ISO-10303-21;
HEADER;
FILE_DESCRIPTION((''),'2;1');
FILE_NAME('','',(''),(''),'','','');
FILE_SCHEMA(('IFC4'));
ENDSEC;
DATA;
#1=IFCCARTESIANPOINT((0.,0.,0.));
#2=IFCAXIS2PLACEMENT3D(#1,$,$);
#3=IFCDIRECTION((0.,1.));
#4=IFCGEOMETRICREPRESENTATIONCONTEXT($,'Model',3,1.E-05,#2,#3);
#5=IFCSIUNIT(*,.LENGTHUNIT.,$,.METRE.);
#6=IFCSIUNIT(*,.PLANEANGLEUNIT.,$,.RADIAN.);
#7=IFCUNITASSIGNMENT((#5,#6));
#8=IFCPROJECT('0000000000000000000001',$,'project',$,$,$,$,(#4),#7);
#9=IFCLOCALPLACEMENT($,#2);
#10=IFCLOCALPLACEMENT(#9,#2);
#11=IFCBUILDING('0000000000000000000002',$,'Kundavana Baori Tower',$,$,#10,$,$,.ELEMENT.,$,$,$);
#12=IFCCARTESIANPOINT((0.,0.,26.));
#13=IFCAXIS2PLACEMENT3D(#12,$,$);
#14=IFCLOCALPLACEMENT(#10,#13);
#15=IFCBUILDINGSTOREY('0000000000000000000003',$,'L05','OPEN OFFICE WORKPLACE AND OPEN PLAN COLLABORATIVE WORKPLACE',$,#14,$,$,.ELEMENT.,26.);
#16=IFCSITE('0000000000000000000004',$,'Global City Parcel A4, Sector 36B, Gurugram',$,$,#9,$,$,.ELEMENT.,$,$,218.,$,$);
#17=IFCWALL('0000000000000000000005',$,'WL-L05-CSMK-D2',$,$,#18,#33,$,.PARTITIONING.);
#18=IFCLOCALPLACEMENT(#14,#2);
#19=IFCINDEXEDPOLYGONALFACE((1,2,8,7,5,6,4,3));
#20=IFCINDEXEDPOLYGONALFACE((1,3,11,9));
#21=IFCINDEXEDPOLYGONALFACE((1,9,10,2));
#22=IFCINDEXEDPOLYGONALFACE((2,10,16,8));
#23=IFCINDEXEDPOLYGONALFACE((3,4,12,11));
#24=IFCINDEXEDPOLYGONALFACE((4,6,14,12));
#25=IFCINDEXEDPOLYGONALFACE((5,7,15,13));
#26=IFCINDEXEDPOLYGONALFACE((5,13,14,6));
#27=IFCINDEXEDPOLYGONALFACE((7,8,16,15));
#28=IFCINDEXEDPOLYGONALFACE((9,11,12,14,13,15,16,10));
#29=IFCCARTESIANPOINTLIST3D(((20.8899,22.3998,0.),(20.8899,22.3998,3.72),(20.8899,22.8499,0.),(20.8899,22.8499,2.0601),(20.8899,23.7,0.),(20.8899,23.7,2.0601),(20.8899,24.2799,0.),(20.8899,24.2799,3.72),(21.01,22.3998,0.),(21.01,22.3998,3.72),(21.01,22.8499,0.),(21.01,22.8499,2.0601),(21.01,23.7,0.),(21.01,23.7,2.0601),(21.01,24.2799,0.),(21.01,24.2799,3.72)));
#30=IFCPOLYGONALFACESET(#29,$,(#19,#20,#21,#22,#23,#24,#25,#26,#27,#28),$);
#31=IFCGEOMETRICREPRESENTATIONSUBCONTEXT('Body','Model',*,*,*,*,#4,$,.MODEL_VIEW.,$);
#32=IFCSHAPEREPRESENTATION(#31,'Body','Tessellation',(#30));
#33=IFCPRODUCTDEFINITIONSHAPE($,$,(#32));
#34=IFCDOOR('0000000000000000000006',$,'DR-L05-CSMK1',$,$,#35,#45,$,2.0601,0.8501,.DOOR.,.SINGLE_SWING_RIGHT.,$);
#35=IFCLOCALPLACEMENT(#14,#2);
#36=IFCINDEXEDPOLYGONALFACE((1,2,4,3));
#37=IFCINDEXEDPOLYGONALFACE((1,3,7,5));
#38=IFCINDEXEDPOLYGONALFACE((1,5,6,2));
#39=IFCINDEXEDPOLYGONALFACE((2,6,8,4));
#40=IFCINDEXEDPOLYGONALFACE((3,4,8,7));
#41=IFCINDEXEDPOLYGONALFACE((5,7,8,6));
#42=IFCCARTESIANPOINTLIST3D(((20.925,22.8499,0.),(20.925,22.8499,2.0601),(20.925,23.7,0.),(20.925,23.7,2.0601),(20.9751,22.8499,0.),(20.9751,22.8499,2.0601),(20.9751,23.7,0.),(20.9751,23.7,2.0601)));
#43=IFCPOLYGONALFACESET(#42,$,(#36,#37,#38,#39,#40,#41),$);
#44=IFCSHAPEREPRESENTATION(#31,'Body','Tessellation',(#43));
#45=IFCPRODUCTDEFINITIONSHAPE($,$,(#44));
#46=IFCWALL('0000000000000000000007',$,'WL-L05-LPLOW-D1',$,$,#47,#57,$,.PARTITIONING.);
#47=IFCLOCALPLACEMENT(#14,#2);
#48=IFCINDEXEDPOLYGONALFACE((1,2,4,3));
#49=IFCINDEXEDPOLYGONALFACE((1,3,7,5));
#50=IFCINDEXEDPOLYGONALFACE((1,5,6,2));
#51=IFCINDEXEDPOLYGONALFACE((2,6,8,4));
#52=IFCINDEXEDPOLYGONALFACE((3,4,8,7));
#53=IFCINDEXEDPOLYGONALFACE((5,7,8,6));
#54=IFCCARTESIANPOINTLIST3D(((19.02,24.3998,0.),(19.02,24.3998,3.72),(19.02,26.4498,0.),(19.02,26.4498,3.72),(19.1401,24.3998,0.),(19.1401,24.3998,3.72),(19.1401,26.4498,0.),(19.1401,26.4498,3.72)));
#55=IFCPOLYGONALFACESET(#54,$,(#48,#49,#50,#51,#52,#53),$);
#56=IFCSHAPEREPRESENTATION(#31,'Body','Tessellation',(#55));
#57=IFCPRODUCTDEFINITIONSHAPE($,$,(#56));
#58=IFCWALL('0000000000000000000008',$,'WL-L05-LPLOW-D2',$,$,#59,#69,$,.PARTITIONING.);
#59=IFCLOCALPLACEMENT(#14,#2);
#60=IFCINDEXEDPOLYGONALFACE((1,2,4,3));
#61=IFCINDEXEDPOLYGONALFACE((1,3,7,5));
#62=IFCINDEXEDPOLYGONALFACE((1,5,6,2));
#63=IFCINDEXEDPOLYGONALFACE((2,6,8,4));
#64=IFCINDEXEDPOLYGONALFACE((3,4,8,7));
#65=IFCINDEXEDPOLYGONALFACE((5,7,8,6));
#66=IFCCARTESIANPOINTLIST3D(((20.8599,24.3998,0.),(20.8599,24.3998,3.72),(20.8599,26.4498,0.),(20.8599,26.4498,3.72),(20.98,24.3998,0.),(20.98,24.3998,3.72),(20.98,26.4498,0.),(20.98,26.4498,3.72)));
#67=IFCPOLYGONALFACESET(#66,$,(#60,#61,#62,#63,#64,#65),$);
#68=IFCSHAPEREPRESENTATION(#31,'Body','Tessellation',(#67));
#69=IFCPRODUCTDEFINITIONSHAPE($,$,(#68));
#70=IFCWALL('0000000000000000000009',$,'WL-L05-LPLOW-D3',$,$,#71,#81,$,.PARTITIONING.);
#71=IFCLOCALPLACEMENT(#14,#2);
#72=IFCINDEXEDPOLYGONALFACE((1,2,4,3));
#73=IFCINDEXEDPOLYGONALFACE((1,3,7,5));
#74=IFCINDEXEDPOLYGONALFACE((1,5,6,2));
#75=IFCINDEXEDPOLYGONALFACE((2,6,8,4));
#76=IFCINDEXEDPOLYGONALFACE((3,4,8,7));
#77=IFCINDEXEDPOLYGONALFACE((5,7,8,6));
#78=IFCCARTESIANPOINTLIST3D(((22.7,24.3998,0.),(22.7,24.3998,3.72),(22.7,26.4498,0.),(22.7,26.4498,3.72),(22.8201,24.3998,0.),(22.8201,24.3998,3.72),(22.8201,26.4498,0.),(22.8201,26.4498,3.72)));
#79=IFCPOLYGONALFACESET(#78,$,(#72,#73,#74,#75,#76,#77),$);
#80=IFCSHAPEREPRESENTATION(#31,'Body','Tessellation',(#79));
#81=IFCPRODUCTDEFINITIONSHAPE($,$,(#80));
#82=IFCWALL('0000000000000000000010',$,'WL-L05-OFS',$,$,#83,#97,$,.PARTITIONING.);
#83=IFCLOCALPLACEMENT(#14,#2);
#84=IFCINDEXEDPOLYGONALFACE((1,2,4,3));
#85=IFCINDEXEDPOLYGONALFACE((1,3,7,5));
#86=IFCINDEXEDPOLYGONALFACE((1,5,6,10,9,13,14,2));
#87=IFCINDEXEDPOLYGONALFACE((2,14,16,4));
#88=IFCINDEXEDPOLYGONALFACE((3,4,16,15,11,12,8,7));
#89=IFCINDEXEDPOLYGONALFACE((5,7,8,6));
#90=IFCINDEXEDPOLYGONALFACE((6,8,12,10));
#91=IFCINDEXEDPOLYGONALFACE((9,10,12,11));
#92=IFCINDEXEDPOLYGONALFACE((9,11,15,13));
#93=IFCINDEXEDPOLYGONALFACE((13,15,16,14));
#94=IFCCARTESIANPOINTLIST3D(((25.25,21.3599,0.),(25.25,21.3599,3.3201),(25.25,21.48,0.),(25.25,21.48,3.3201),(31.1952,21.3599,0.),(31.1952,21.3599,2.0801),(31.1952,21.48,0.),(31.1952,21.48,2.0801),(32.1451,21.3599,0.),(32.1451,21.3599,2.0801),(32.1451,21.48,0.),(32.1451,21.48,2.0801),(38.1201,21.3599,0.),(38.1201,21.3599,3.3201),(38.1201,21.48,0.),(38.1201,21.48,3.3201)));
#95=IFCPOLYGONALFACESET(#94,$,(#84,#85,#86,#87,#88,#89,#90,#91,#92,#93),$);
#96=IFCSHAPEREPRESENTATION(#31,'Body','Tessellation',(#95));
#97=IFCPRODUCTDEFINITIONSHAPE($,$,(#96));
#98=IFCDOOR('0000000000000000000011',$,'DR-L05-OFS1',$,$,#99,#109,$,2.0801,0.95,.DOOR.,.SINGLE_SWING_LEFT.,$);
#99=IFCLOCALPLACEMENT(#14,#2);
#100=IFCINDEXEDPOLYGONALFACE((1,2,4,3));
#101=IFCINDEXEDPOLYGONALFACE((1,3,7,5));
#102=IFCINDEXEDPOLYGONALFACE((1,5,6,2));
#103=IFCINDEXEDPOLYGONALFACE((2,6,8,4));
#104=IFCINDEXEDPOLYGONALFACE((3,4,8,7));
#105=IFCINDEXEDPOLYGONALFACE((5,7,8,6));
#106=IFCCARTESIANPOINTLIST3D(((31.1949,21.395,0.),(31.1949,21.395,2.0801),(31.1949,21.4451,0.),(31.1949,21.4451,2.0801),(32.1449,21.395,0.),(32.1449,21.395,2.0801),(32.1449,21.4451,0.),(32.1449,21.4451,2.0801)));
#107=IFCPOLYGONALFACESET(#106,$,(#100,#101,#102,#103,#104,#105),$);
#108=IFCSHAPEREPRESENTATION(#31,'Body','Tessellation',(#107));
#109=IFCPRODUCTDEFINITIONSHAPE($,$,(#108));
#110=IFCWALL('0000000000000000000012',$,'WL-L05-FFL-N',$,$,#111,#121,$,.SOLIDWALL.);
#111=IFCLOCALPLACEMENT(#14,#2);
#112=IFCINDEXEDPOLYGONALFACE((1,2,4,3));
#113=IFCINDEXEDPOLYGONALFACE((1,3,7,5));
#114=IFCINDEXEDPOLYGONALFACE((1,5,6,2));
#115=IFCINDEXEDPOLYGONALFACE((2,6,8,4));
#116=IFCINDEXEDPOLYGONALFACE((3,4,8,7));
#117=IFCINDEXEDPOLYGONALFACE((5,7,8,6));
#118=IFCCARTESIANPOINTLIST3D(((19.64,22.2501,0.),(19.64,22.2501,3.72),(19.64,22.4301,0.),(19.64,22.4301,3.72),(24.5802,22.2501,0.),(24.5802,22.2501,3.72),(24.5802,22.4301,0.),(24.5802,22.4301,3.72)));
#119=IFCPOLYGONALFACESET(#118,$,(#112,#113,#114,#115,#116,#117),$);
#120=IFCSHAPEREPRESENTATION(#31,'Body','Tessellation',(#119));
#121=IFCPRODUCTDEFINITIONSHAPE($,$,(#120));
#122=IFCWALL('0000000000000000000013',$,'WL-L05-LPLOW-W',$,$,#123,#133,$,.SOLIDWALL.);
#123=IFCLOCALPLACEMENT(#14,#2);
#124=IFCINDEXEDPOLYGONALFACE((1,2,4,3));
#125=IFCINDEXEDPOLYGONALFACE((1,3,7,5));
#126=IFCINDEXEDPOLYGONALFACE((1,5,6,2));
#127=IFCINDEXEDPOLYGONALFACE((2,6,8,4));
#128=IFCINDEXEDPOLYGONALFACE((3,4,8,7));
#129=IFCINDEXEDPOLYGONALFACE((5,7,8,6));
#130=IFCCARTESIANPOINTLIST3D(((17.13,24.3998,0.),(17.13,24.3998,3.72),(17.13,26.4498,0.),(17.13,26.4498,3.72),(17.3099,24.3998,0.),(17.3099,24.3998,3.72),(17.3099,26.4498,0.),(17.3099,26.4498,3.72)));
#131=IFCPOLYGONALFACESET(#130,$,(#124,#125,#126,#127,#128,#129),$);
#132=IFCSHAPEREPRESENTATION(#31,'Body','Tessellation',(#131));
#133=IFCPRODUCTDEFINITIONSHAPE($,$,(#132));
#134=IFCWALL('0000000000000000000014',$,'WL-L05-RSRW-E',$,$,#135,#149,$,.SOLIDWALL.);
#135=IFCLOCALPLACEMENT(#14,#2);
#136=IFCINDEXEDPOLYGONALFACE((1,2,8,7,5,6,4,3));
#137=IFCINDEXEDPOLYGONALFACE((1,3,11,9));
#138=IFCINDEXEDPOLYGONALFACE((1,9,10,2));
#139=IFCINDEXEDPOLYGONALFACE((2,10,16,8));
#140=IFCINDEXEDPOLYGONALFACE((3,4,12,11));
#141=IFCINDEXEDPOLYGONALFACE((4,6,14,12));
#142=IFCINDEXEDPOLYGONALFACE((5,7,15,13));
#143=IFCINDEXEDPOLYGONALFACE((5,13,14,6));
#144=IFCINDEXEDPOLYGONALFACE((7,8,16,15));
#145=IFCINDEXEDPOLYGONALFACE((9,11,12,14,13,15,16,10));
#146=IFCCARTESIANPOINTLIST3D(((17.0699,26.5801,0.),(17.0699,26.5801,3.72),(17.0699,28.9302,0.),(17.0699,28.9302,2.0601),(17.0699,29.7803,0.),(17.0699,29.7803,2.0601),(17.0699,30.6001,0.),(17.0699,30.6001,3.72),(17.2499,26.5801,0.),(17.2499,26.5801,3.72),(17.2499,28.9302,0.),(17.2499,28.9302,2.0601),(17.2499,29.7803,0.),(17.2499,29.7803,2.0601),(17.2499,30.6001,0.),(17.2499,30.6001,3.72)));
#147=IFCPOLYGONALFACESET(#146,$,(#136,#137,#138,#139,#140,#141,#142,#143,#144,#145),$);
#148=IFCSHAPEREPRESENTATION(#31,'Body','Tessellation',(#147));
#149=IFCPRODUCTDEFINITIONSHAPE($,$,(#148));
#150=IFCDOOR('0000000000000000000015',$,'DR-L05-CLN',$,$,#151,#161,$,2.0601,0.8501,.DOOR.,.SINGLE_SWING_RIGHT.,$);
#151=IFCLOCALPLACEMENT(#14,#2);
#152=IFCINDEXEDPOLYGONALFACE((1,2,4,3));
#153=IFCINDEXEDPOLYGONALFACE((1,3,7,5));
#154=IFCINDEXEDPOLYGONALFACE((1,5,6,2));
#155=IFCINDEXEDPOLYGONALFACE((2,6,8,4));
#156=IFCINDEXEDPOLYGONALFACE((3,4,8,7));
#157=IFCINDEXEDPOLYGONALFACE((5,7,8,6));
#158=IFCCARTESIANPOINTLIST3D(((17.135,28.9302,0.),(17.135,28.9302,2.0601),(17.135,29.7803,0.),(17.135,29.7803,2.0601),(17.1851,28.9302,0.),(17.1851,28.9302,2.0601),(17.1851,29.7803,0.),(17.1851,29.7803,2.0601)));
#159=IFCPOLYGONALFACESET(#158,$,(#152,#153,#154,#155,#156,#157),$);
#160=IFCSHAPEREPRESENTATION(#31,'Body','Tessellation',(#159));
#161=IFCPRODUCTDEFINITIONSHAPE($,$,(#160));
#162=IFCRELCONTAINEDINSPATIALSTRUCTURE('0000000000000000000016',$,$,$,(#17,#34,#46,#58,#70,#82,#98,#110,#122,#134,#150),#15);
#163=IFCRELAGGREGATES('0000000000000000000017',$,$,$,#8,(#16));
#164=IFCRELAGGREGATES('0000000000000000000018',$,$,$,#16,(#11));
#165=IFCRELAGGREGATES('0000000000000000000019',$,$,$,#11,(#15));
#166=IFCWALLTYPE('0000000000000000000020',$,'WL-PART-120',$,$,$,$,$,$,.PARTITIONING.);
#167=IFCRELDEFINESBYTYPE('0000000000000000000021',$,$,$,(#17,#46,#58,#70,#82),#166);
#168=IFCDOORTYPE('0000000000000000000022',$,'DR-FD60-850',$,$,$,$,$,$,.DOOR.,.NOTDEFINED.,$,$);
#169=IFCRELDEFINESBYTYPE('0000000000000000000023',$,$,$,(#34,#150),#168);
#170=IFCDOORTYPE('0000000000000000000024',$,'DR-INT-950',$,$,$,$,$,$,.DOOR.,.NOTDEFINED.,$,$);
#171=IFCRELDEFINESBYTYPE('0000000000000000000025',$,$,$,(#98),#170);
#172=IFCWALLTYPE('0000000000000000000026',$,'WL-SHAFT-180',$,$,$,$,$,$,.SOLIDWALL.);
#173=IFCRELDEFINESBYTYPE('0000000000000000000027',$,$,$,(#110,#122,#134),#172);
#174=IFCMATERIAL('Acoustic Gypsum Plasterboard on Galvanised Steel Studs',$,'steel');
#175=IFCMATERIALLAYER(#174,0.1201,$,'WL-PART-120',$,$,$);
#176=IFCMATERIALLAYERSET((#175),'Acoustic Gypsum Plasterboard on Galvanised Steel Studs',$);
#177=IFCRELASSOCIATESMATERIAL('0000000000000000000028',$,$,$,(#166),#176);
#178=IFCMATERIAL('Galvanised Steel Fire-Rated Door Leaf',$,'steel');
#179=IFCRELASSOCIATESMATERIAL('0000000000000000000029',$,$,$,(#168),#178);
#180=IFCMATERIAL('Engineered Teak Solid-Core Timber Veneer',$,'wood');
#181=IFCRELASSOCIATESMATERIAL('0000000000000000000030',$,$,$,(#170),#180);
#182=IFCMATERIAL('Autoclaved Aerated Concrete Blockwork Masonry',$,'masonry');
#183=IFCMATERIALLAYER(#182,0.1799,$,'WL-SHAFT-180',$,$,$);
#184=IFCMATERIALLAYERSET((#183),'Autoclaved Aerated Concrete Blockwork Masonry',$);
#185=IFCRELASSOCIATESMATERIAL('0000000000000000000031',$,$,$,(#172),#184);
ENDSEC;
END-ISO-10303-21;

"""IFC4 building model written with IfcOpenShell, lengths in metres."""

from ifc_helpers import new_model, si_unit, direction, frame, frame_2d, origin, place, context, subcontext, project, spatial, rectangle, extrude, material, layer, layer_set, type_object, element, fill, save


model = new_model("IFC4")

# Units and contexts
model_context = context("Model", 3, precision=1e-05, world=origin(), true_north=direction((0.0, 1.0)))
body_context = subcontext(model_context, "Body", "Model", "MODEL_VIEW")
ifc_project = project(units=[si_unit("LENGTHUNIT", "METRE"), si_unit("PLANEANGLEUNIT", "RADIAN")], contexts=[model_context])

# Site, building, storey
site_placement = place(None, origin())
site = spatial("IfcSite", under=ifc_project, at=site_placement, Name="Global City Parcel A4, Sector 36B, Gurugram", CompositionType="ELEMENT", RefElevation=218.0)
building_placement = place(site_placement, origin())
building = spatial("IfcBuilding", under=site, at=building_placement, Name="Kundavana Baori Tower", CompositionType="ELEMENT")
storey_placement = place(building_placement, frame((0.0, 0.0, 26.0)))
storey = spatial("IfcBuildingStorey", under=building, at=storey_placement, Name="L05", Description="OPEN OFFICE WORKPLACE AND OPEN PLAN COLLABORATIVE WORKPLACE", CompositionType="ELEMENT", Elevation=26.0)

# Wall, opening, door
ifc_material_1 = material(Name="Acoustic Gypsum Plasterboard on Galvanised Steel Studs", Category="steel")
ifc_layer_1 = layer(ifc_material_1, 0.1201, Name="WL-PART-120")
ifc_layer_set_1 = layer_set([ifc_layer_1], Name="Acoustic Gypsum Plasterboard on Galvanised Steel Studs")
wall_type_1 = type_object("IfcWallType", Name="WL-PART-120", PredefinedType="PARTITIONING", material=ifc_layer_set_1)
wall_1_placement = place(storey_placement, frame((20.95, 22.3999, 0.0), z_axis=(0.0, 0.0, 1.0), x_axis=(0.0, 1.0, 0.0)))
wall_1 = element("IfcWall", 1, at=wall_1_placement, inside=storey, type_object=wall_type_1, Name="WL-L05-CSMK-D2", PredefinedType="PARTITIONING", context=body_context, shape_type="SweptSolid", body=[
    extrude(rectangle(XDim=1.8801, YDim=0.1201, at=frame_2d((0.9399, 0.0))), origin(), (0.0, 0.0, 1.0), 3.72),
])
opening_1_placement = place(wall_1_placement, frame((0.45, 0.0, 0.0)))
opening_1 = element("IfcOpeningElement", 2, at=opening_1_placement, cuts=wall_1, PredefinedType="OPENING", context=body_context, shape_type="SweptSolid", body=[
    extrude(rectangle(XDim=0.8501, YDim=2.0601, at=frame_2d((0.425, 1.03))), frame((0.0, 0.0701, 0.0), z_axis=(0.0, -1.0, 0.0), x_axis=(1.0, 0.0, 0.0)), (0.0, 0.0, 1.0), 0.1401),
])
ifc_material_2 = material(Name="Galvanised Steel Fire-Rated Door Leaf", Category="steel")
door_type_1 = type_object("IfcDoorType", Name="DR-FD60-850", OperationType="NOTDEFINED", PredefinedType="DOOR", material=ifc_material_2)
door_1_placement = place(opening_1_placement, origin())
door_1 = element("IfcDoor", 3, at=door_1_placement, inside=storey, type_object=door_type_1, Name="DR-L05-CSMK1", OperationType="SINGLE_SWING_RIGHT", OverallHeight=2.0601, OverallWidth=0.8501, PredefinedType="DOOR", context=body_context, shape_type="SweptSolid", body=[
    extrude(rectangle(XDim=0.8501, YDim=2.0601, at=frame_2d((0.425, 1.03))), frame((0.0, 0.0249, 0.0), z_axis=(0.0, -1.0, 0.0), x_axis=(1.0, 0.0, 0.0)), (0.0, 0.0, 1.0), 0.05),
])
fill(opening_1, door_1)

# Walls
for number, where, z_axis, x_axis, name in (
    (4, (19.0801, 24.3999, 0.0), (0.0, 0.0, 1.0), (0.0, 1.0, 0.0), "WL-L05-LPLOW-D1"),
    (5, (20.9199, 24.3999, 0.0), (0.0, 0.0, 1.0), (0.0, 1.0, 0.0), "WL-L05-LPLOW-D2"),
    (6, (22.76, 24.3999, 0.0), (0.0, 0.0, 1.0), (0.0, 1.0, 0.0), "WL-L05-LPLOW-D3"),
):
    element("IfcWall", number, at=place(storey_placement, frame(where, z_axis=z_axis, x_axis=x_axis)), inside=storey, type_object=wall_type_1, Name=name, PredefinedType="PARTITIONING", context=body_context, shape_type="SweptSolid", body=[
        extrude(rectangle(XDim=2.05, YDim=0.1201, at=frame_2d((1.0249, 0.0))), origin(), (0.0, 0.0, 1.0), 3.72),
    ])

# Wall, opening, door
wall_2_placement = place(storey_placement, frame((25.25, 21.4199, 0.0), z_axis=(0.0, 0.0, 1.0), x_axis=(1.0, 0.0, 0.0)))
wall_2 = element("IfcWall", 7, at=wall_2_placement, inside=storey, type_object=wall_type_1, Name="WL-L05-OFS", PredefinedType="PARTITIONING", context=body_context, shape_type="SweptSolid", body=[
    extrude(rectangle(XDim=12.8701, YDim=0.1201, at=frame_2d((6.4351, 0.0))), origin(), (0.0, 0.0, 1.0), 3.3201),
])
opening_2_placement = place(wall_2_placement, frame((5.9451, 0.0, 0.0)))
opening_2 = element("IfcOpeningElement", 8, at=opening_2_placement, cuts=wall_2, PredefinedType="OPENING", context=body_context, shape_type="SweptSolid", body=[
    extrude(rectangle(XDim=0.95, YDim=2.0801, at=frame_2d((0.4751, 1.04))), frame((0.0, 0.0701, 0.0), z_axis=(0.0, -1.0, 0.0), x_axis=(1.0, 0.0, 0.0)), (0.0, 0.0, 1.0), 0.1401),
])
ifc_material_3 = material(Name="Engineered Teak Solid-Core Timber Veneer", Category="wood")
door_type_2 = type_object("IfcDoorType", Name="DR-INT-950", OperationType="NOTDEFINED", PredefinedType="DOOR", material=ifc_material_3)
door_2_placement = place(opening_2_placement, frame((0.95, 0.0, 0.0), z_axis=(0.0, 0.0, 1.0), x_axis=(-1.0, 0.0, 0.0)))
door_2 = element("IfcDoor", 9, at=door_2_placement, inside=storey, type_object=door_type_2, Name="DR-L05-OFS1", OperationType="SINGLE_SWING_LEFT", OverallHeight=2.0801, OverallWidth=0.95, PredefinedType="DOOR", context=body_context, shape_type="SweptSolid", body=[
    extrude(rectangle(XDim=0.95, YDim=2.0801, at=frame_2d((0.4751, 1.04))), frame((0.0, 0.0249, 0.0), z_axis=(0.0, -1.0, 0.0), x_axis=(1.0, 0.0, 0.0)), (0.0, 0.0, 1.0), 0.05),
])
fill(opening_2, door_2)

# Walls
ifc_material_4 = material(Name="Autoclaved Aerated Concrete Blockwork Masonry", Category="masonry")
ifc_layer_2 = layer(ifc_material_4, 0.1799, Name="WL-SHAFT-180")
ifc_layer_set_2 = layer_set([ifc_layer_2], Name="Autoclaved Aerated Concrete Blockwork Masonry")
wall_type_2 = type_object("IfcWallType", Name="WL-SHAFT-180", PredefinedType="SOLIDWALL", material=ifc_layer_set_2)
wall_3_placement = place(storey_placement, frame((19.6399, 22.3401, 0.0), z_axis=(0.0, 0.0, 1.0), x_axis=(1.0, 0.0, 0.0)))
element("IfcWall", 10, at=wall_3_placement, inside=storey, type_object=wall_type_2, Name="WL-L05-FFL-N", PredefinedType="SOLIDWALL", context=body_context, shape_type="SweptSolid", body=[
    extrude(rectangle(XDim=4.9402, YDim=0.1799, at=frame_2d((2.4702, 0.0))), origin(), (0.0, 0.0, 1.0), 3.72),
])
wall_4_placement = place(storey_placement, frame((17.22, 24.3999, 0.0), z_axis=(0.0, 0.0, 1.0), x_axis=(0.0, 1.0, 0.0)))
element("IfcWall", 11, at=wall_4_placement, inside=storey, type_object=wall_type_2, Name="WL-L05-LPLOW-W", PredefinedType="SOLIDWALL", context=body_context, shape_type="SweptSolid", body=[
    extrude(rectangle(XDim=2.05, YDim=0.1799, at=frame_2d((1.0249, 0.0))), origin(), (0.0, 0.0, 1.0), 3.72),
])

# Wall, opening, door
wall_5_placement = place(storey_placement, frame((17.1599, 26.5801, 0.0), z_axis=(0.0, 0.0, 1.0), x_axis=(0.0, 1.0, 0.0)))
wall_5 = element("IfcWall", 12, at=wall_5_placement, inside=storey, type_object=wall_type_2, Name="WL-L05-RSRW-E", PredefinedType="SOLIDWALL", context=body_context, shape_type="SweptSolid", body=[
    extrude(rectangle(XDim=4.02, YDim=0.1799, at=frame_2d((2.01, 0.0))), origin(), (0.0, 0.0, 1.0), 3.72),
])
opening_3_placement = place(wall_5_placement, frame((2.3501, 0.0, 0.0)))
opening_3 = element("IfcOpeningElement", 13, at=opening_3_placement, cuts=wall_5, PredefinedType="OPENING", context=body_context, shape_type="SweptSolid", body=[
    extrude(rectangle(XDim=0.8501, YDim=2.0601, at=frame_2d((0.425, 1.03))), frame((0.0, 0.1001, 0.0), z_axis=(0.0, -1.0, 0.0), x_axis=(1.0, 0.0, 0.0)), (0.0, 0.0, 1.0), 0.2),
])
door_3_placement = place(opening_3_placement, origin())
door_3 = element("IfcDoor", 14, at=door_3_placement, inside=storey, type_object=door_type_1, Name="DR-L05-CLN", OperationType="SINGLE_SWING_RIGHT", OverallHeight=2.0601, OverallWidth=0.8501, PredefinedType="DOOR", context=body_context, shape_type="SweptSolid", body=[
    extrude(rectangle(XDim=0.8501, YDim=2.0601, at=frame_2d((0.425, 1.03))), frame((0.0, 0.0249, 0.0), z_axis=(0.0, -1.0, 0.0), x_axis=(1.0, 0.0, 0.0)), (0.0, 0.0, 1.0), 0.05),
])
fill(opening_3, door_3)

save(model, "model.ifc")
